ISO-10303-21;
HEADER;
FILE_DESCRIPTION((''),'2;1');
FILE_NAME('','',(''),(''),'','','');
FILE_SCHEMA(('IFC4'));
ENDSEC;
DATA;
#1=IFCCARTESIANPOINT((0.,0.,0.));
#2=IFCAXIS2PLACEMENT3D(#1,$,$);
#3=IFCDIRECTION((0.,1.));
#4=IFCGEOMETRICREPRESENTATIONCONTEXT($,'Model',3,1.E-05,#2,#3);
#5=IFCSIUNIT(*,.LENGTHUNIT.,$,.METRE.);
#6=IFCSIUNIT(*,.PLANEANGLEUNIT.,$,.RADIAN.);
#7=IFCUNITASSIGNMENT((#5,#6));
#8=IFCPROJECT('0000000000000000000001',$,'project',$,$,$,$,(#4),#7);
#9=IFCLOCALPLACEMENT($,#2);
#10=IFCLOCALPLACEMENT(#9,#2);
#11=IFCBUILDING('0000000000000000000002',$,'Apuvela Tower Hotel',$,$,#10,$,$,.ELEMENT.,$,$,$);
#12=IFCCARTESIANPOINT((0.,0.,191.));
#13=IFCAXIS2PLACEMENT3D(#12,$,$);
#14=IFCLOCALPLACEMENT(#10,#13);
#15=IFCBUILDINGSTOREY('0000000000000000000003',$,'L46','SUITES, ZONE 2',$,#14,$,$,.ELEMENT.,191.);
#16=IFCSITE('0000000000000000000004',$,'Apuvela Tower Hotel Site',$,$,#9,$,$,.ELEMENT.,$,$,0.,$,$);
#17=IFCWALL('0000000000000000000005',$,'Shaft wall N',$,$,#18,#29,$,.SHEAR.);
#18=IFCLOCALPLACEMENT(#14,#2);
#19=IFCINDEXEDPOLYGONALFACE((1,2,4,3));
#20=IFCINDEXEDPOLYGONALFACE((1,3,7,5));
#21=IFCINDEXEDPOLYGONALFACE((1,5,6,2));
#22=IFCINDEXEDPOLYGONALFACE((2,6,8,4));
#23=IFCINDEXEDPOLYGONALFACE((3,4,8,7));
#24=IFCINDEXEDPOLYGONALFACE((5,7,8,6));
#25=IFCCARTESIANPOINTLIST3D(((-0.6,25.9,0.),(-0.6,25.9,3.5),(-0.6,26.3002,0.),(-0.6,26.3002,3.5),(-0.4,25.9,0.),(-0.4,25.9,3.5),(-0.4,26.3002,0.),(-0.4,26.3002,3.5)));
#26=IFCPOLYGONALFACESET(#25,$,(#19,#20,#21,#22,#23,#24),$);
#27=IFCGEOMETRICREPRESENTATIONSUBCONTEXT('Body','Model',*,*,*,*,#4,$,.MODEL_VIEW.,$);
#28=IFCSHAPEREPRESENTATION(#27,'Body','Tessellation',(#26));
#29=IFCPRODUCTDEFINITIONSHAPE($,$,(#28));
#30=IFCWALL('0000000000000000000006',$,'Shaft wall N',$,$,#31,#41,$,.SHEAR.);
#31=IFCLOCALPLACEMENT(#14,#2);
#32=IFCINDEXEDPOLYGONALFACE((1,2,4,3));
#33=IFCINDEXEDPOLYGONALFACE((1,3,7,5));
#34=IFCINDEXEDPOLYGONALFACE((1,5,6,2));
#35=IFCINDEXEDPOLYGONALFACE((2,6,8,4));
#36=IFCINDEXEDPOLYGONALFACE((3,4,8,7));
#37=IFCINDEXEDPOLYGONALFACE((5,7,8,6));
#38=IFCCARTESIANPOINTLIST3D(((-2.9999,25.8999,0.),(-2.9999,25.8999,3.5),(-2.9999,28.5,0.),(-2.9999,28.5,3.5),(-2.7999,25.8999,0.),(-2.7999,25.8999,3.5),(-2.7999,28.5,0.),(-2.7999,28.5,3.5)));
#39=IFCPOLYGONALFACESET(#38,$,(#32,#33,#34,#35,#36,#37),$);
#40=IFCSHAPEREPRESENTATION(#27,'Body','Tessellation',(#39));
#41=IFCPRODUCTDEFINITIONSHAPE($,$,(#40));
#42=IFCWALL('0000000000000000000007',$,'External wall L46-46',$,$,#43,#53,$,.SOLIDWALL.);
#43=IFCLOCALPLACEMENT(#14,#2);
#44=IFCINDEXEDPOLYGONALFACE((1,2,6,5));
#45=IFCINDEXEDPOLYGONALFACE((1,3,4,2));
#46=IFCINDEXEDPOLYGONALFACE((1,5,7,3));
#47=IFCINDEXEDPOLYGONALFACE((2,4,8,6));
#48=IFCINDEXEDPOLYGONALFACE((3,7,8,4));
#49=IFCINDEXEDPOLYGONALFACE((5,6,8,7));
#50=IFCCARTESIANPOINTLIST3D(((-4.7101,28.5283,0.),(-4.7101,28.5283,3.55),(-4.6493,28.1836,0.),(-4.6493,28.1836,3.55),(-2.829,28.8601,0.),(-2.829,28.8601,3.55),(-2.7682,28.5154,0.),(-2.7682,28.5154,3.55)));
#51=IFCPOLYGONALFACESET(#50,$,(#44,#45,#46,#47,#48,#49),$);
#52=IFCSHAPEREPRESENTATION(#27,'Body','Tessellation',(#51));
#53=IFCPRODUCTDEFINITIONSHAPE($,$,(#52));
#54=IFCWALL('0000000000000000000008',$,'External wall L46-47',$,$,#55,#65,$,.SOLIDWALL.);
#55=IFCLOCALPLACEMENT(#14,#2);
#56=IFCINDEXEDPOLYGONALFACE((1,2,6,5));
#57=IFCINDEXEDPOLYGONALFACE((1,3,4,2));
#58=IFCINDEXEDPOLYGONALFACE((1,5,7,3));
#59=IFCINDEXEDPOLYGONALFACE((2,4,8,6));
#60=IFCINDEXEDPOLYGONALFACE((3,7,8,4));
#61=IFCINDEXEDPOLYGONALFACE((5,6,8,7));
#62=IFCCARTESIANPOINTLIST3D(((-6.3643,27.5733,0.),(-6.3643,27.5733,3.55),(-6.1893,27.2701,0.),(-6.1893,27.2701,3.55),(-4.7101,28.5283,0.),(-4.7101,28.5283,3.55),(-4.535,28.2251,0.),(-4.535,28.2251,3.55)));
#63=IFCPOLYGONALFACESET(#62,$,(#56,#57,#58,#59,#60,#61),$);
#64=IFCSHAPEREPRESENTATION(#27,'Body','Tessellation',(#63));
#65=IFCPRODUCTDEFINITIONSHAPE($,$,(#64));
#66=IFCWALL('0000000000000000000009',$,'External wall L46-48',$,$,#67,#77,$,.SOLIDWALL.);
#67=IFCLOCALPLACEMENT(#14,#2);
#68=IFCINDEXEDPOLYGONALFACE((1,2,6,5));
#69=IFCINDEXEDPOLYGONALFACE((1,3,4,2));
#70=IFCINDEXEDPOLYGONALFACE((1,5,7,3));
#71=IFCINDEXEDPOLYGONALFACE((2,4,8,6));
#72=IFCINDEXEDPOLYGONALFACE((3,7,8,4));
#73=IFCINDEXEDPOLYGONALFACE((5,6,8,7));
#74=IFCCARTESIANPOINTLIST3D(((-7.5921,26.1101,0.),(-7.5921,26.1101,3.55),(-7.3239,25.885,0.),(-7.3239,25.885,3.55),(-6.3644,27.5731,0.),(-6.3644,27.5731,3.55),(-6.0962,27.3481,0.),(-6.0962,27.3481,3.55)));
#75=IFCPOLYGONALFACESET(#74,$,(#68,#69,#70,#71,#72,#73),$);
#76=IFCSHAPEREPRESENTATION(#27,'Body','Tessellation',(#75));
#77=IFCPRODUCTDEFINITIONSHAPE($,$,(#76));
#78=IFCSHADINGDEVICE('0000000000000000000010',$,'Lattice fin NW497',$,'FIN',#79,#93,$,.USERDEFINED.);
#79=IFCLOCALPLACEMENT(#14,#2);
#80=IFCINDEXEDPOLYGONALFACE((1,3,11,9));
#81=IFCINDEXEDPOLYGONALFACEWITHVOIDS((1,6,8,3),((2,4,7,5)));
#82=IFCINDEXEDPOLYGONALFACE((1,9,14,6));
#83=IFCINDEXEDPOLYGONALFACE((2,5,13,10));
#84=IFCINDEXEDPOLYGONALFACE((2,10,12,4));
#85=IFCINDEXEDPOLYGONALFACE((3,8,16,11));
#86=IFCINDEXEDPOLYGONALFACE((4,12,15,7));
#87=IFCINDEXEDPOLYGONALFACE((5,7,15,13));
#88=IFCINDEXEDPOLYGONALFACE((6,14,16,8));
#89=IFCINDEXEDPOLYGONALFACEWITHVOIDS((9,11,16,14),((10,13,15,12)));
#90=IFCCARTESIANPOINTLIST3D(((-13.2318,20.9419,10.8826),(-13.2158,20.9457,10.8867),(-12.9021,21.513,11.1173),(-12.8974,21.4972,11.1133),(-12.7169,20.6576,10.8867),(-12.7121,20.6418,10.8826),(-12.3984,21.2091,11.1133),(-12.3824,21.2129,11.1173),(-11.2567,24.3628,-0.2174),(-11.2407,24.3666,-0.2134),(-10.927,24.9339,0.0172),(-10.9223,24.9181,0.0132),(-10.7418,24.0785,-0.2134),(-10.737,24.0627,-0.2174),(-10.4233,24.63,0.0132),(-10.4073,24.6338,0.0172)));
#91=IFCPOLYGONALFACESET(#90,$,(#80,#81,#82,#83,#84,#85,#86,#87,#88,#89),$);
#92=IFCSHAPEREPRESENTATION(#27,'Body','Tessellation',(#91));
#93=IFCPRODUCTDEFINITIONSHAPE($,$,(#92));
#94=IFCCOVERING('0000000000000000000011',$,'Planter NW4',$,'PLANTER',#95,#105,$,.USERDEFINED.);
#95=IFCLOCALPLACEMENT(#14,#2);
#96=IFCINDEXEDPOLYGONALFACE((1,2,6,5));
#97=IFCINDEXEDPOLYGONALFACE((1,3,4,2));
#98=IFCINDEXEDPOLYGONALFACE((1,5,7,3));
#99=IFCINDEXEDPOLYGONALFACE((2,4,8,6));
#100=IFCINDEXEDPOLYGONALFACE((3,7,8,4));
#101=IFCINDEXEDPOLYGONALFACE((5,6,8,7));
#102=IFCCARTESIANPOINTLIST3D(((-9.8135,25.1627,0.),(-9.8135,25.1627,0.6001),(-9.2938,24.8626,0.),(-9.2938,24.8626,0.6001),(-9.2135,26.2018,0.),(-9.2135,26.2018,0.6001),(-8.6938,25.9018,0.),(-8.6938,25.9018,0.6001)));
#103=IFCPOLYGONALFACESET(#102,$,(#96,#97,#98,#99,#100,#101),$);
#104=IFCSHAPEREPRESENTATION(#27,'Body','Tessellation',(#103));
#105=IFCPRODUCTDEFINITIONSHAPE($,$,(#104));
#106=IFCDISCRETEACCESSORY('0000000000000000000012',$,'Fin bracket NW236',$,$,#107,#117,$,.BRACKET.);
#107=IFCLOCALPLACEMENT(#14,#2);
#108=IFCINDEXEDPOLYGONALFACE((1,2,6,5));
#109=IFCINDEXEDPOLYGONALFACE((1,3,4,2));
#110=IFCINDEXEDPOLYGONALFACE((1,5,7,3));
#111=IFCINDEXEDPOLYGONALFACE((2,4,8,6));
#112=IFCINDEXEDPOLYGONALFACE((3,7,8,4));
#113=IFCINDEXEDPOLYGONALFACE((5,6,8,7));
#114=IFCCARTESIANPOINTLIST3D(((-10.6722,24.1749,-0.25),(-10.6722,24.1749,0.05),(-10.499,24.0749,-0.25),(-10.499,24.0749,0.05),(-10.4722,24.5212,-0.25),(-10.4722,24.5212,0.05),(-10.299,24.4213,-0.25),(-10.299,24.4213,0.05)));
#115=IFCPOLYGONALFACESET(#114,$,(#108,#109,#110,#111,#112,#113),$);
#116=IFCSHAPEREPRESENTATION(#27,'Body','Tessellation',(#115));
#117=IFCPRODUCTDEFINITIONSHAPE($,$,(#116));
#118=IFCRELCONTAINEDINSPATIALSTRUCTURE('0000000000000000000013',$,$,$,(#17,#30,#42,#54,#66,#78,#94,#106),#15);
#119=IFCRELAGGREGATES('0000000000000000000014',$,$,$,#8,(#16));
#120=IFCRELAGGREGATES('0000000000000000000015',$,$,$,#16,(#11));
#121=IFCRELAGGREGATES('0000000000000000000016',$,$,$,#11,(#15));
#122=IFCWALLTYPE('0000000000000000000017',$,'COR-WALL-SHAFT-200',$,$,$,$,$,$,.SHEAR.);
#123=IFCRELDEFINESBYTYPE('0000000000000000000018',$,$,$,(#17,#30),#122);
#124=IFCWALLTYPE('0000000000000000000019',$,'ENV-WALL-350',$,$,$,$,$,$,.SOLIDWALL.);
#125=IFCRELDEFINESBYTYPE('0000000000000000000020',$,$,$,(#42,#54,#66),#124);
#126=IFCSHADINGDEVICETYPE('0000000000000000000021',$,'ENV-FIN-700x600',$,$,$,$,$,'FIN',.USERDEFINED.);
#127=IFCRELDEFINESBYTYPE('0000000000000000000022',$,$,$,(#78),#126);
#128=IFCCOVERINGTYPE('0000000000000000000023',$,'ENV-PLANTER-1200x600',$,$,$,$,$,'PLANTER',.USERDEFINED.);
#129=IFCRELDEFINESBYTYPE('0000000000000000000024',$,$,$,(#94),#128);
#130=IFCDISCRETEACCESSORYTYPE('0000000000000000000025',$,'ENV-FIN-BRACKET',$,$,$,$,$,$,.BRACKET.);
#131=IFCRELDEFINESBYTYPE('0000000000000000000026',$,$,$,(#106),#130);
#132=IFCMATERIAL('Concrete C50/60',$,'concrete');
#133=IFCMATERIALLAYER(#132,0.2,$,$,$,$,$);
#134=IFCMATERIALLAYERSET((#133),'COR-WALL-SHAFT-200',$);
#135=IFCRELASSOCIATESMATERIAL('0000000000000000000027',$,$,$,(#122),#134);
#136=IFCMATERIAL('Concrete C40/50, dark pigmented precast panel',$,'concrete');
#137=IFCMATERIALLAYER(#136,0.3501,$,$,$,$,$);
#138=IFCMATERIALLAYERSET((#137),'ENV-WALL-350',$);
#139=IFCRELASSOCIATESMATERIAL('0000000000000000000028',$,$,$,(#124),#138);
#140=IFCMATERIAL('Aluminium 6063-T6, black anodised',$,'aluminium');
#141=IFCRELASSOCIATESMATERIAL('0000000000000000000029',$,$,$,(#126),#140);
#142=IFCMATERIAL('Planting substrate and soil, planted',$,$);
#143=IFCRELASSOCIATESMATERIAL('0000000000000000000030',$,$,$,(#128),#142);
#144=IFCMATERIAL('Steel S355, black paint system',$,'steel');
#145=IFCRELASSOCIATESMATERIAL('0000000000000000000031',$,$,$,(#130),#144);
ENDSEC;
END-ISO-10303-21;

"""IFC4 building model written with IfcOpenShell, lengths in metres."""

from ifc_helpers import new_model, si_unit, direction, frame, frame_2d, origin, origin_2d, place, context, subcontext, project, spatial, rectangle, hollow_rectangle, extrude, material, layer, layer_set, material_profile, profile_set, type_object, element, save


model = new_model("IFC4")

# Units and contexts
model_context = context("Model", 3, precision=1e-05, world=origin(), true_north=direction((0.0, 1.0)))
body_context = subcontext(model_context, "Body", "Model", "MODEL_VIEW")
ifc_project = project(units=[si_unit("LENGTHUNIT", "METRE"), si_unit("PLANEANGLEUNIT", "RADIAN")], contexts=[model_context])

# Site, building, storey
site_placement = place(None, origin())
site = spatial("IfcSite", under=ifc_project, at=site_placement, Name="Apuvela Tower Hotel Site", CompositionType="ELEMENT", RefElevation=0.0)
building_placement = place(site_placement, origin())
building = spatial("IfcBuilding", under=site, at=building_placement, Name="Apuvela Tower Hotel", CompositionType="ELEMENT")
storey_placement = place(building_placement, frame((0.0, 0.0, 191.0)))
storey = spatial("IfcBuildingStorey", under=building, at=storey_placement, Name="L46", Description="SUITES, ZONE 2", CompositionType="ELEMENT", Elevation=191.0)

# Walls
ifc_material_1 = material(Name="Concrete C50/60", Category="concrete")
ifc_layer_1 = layer(ifc_material_1, 0.2)
ifc_layer_set_1 = layer_set([ifc_layer_1], Name="COR-WALL-SHAFT-200")
wall_type_1 = type_object("IfcWallType", Name="COR-WALL-SHAFT-200", PredefinedType="SHEAR", material=ifc_layer_set_1)
wall_1_placement = place(storey_placement, frame((-0.5, 25.8999, 0.0), z_axis=(0.0, 0.0, 1.0), x_axis=(0.0, 1.0, 0.0)))
element("IfcWall", 1, at=wall_1_placement, inside=storey, type_object=wall_type_1, Name="Shaft wall N", PredefinedType="SHEAR", context=body_context, shape_type="SweptSolid", body=[
    extrude(rectangle(XDim=0.4001, YDim=0.2, at=frame_2d((0.2002, 0.0))), origin(), (0.0, 0.0, 1.0), 3.5),
])
wall_2_placement = place(storey_placement, frame((-2.8999, 25.8999, 0.0), z_axis=(0.0, 0.0, 1.0), x_axis=(0.0, 1.0, 0.0)))
element("IfcWall", 2, at=wall_2_placement, inside=storey, type_object=wall_type_1, Name="Shaft wall N", PredefinedType="SHEAR", context=body_context, shape_type="SweptSolid", body=[
    extrude(rectangle(XDim=2.6001, YDim=0.2, at=frame_2d((1.3, 0.0))), origin(), (0.0, 0.0, 1.0), 3.5),
])

# Shared definitions
ifc_material_2 = material(Name="Concrete C40/50, dark pigmented precast panel", Category="concrete")
ifc_layer_2 = layer(ifc_material_2, 0.3501)
ifc_layer_set_2 = layer_set([ifc_layer_2], Name="ENV-WALL-350")
wall_type_2 = type_object("IfcWallType", Name="ENV-WALL-350", PredefinedType="SOLIDWALL", material=ifc_layer_set_2)

# Walls
for number, where, z_axis, x_axis, name in (
    (3, (-2.7986, 28.6877, 0.0), (0.0, 0.0, 1.0), (-0.984799, -0.173698, 0.0), "External wall L46-46"),
    (4, (-4.6226, 28.3767, 0.0), (0.0, 0.0, 1.0), (-0.866032, -0.499988, 0.0), "External wall L46-47"),
):
    element("IfcWall", number, at=place(storey_placement, frame(where, z_axis=z_axis, x_axis=x_axis)), inside=storey, type_object=wall_type_2, Name=name, PredefinedType="SOLIDWALL", context=body_context, shape_type="SweptSolid", body=[
        extrude(rectangle(XDim=1.9102, YDim=0.3501, at=frame_2d((0.9551, 0.0))), origin(), (0.0, 0.0, 1.0), 3.55),
    ])
wall_3_placement = place(storey_placement, frame((-6.2302, 27.4607, 0.0), z_axis=(0.0, 0.0, 1.0), x_axis=(-0.642808, -0.766027, 0.0)))
element("IfcWall", 5, at=wall_3_placement, inside=storey, type_object=wall_type_2, Name="External wall L46-48", PredefinedType="SOLIDWALL", context=body_context, shape_type="SweptSolid", body=[
    extrude(rectangle(XDim=1.9099, YDim=0.3501, at=frame_2d((0.9551, 0.0))), origin(), (0.0, 0.0, 1.0), 3.55),
])

# Shading device
ifc_material_3 = material(Name="Aluminium 6063-T6, black anodised", Category="aluminium")
ifc_material_profile_1 = material_profile(ifc_material_3, hollow_rectangle(XDim=0.6001, YDim=0.7, WallThickness=0.012, at=origin_2d()), Name="AL BOX 700x600x12")
ifc_profile_set_1 = profile_set([ifc_material_profile_1], Name="Aluminium 6063-T6, black anodised")
shading_device_type = type_object("IfcShadingDeviceType", Name="ENV-FIN-700x600", ElementType="FIN", PredefinedType="USERDEFINED", material=ifc_profile_set_1)
shading_device_placement = place(storey_placement, frame((-10.832, 24.4983, -0.1001), z_axis=(-0.167637, -0.290349, 0.942123), x_axis=(0.866021, -0.500008, 0.0)))
element("IfcShadingDevice", 6, at=shading_device_placement, inside=storey, type_object=shading_device_type, Name="Lattice fin NW497", ObjectType="FIN", PredefinedType="USERDEFINED", context=body_context, shape_type="SweptSolid", body=[
    extrude(hollow_rectangle(XDim=0.6001, YDim=0.7, WallThickness=0.012, at=origin_2d()), origin(), (0.0, 0.0, 1.0), 11.782),
])

# Covering
ifc_material_4 = material(Name="Planting substrate and soil, planted")
covering_type = type_object("IfcCoveringType", Name="ENV-PLANTER-1200x600", ElementType="PLANTER", PredefinedType="USERDEFINED", material=ifc_material_4)
covering_placement = place(storey_placement, frame((-9.2537, 25.5322, 0.0), z_axis=(0.0, 0.0, 1.0), x_axis=(-0.5, -0.866025, 0.0)))
element("IfcCovering", 7, at=covering_placement, inside=storey, type_object=covering_type, Name="Planter NW4", ObjectType="PLANTER", PredefinedType="USERDEFINED", context=body_context, shape_type="SweptSolid", body=[
    extrude(rectangle(XDim=1.2, YDim=0.6001, at=origin_2d()), origin(), (0.0, 0.0, 1.0), 0.6001),
])

# Discrete accessory
ifc_material_5 = material(Name="Steel S355, black paint system", Category="steel")
discrete_accessory_type = type_object("IfcDiscreteAccessoryType", Name="ENV-FIN-BRACKET", PredefinedType="BRACKET", material=ifc_material_5)
discrete_accessory_placement = place(storey_placement, frame((-10.4856, 24.2981, -0.25), z_axis=(0.0, 0.0, 1.0), x_axis=(-0.5, -0.866025, 0.0)))
element("IfcDiscreteAccessory", 8, at=discrete_accessory_placement, inside=storey, type_object=discrete_accessory_type, Name="Fin bracket NW236", PredefinedType="BRACKET", context=body_context, shape_type="SweptSolid", body=[
    extrude(rectangle(XDim=0.3999, YDim=0.2, at=origin_2d()), origin(), (0.0, 0.0, 1.0), 0.3),
])

save(model, "model.ifc")
